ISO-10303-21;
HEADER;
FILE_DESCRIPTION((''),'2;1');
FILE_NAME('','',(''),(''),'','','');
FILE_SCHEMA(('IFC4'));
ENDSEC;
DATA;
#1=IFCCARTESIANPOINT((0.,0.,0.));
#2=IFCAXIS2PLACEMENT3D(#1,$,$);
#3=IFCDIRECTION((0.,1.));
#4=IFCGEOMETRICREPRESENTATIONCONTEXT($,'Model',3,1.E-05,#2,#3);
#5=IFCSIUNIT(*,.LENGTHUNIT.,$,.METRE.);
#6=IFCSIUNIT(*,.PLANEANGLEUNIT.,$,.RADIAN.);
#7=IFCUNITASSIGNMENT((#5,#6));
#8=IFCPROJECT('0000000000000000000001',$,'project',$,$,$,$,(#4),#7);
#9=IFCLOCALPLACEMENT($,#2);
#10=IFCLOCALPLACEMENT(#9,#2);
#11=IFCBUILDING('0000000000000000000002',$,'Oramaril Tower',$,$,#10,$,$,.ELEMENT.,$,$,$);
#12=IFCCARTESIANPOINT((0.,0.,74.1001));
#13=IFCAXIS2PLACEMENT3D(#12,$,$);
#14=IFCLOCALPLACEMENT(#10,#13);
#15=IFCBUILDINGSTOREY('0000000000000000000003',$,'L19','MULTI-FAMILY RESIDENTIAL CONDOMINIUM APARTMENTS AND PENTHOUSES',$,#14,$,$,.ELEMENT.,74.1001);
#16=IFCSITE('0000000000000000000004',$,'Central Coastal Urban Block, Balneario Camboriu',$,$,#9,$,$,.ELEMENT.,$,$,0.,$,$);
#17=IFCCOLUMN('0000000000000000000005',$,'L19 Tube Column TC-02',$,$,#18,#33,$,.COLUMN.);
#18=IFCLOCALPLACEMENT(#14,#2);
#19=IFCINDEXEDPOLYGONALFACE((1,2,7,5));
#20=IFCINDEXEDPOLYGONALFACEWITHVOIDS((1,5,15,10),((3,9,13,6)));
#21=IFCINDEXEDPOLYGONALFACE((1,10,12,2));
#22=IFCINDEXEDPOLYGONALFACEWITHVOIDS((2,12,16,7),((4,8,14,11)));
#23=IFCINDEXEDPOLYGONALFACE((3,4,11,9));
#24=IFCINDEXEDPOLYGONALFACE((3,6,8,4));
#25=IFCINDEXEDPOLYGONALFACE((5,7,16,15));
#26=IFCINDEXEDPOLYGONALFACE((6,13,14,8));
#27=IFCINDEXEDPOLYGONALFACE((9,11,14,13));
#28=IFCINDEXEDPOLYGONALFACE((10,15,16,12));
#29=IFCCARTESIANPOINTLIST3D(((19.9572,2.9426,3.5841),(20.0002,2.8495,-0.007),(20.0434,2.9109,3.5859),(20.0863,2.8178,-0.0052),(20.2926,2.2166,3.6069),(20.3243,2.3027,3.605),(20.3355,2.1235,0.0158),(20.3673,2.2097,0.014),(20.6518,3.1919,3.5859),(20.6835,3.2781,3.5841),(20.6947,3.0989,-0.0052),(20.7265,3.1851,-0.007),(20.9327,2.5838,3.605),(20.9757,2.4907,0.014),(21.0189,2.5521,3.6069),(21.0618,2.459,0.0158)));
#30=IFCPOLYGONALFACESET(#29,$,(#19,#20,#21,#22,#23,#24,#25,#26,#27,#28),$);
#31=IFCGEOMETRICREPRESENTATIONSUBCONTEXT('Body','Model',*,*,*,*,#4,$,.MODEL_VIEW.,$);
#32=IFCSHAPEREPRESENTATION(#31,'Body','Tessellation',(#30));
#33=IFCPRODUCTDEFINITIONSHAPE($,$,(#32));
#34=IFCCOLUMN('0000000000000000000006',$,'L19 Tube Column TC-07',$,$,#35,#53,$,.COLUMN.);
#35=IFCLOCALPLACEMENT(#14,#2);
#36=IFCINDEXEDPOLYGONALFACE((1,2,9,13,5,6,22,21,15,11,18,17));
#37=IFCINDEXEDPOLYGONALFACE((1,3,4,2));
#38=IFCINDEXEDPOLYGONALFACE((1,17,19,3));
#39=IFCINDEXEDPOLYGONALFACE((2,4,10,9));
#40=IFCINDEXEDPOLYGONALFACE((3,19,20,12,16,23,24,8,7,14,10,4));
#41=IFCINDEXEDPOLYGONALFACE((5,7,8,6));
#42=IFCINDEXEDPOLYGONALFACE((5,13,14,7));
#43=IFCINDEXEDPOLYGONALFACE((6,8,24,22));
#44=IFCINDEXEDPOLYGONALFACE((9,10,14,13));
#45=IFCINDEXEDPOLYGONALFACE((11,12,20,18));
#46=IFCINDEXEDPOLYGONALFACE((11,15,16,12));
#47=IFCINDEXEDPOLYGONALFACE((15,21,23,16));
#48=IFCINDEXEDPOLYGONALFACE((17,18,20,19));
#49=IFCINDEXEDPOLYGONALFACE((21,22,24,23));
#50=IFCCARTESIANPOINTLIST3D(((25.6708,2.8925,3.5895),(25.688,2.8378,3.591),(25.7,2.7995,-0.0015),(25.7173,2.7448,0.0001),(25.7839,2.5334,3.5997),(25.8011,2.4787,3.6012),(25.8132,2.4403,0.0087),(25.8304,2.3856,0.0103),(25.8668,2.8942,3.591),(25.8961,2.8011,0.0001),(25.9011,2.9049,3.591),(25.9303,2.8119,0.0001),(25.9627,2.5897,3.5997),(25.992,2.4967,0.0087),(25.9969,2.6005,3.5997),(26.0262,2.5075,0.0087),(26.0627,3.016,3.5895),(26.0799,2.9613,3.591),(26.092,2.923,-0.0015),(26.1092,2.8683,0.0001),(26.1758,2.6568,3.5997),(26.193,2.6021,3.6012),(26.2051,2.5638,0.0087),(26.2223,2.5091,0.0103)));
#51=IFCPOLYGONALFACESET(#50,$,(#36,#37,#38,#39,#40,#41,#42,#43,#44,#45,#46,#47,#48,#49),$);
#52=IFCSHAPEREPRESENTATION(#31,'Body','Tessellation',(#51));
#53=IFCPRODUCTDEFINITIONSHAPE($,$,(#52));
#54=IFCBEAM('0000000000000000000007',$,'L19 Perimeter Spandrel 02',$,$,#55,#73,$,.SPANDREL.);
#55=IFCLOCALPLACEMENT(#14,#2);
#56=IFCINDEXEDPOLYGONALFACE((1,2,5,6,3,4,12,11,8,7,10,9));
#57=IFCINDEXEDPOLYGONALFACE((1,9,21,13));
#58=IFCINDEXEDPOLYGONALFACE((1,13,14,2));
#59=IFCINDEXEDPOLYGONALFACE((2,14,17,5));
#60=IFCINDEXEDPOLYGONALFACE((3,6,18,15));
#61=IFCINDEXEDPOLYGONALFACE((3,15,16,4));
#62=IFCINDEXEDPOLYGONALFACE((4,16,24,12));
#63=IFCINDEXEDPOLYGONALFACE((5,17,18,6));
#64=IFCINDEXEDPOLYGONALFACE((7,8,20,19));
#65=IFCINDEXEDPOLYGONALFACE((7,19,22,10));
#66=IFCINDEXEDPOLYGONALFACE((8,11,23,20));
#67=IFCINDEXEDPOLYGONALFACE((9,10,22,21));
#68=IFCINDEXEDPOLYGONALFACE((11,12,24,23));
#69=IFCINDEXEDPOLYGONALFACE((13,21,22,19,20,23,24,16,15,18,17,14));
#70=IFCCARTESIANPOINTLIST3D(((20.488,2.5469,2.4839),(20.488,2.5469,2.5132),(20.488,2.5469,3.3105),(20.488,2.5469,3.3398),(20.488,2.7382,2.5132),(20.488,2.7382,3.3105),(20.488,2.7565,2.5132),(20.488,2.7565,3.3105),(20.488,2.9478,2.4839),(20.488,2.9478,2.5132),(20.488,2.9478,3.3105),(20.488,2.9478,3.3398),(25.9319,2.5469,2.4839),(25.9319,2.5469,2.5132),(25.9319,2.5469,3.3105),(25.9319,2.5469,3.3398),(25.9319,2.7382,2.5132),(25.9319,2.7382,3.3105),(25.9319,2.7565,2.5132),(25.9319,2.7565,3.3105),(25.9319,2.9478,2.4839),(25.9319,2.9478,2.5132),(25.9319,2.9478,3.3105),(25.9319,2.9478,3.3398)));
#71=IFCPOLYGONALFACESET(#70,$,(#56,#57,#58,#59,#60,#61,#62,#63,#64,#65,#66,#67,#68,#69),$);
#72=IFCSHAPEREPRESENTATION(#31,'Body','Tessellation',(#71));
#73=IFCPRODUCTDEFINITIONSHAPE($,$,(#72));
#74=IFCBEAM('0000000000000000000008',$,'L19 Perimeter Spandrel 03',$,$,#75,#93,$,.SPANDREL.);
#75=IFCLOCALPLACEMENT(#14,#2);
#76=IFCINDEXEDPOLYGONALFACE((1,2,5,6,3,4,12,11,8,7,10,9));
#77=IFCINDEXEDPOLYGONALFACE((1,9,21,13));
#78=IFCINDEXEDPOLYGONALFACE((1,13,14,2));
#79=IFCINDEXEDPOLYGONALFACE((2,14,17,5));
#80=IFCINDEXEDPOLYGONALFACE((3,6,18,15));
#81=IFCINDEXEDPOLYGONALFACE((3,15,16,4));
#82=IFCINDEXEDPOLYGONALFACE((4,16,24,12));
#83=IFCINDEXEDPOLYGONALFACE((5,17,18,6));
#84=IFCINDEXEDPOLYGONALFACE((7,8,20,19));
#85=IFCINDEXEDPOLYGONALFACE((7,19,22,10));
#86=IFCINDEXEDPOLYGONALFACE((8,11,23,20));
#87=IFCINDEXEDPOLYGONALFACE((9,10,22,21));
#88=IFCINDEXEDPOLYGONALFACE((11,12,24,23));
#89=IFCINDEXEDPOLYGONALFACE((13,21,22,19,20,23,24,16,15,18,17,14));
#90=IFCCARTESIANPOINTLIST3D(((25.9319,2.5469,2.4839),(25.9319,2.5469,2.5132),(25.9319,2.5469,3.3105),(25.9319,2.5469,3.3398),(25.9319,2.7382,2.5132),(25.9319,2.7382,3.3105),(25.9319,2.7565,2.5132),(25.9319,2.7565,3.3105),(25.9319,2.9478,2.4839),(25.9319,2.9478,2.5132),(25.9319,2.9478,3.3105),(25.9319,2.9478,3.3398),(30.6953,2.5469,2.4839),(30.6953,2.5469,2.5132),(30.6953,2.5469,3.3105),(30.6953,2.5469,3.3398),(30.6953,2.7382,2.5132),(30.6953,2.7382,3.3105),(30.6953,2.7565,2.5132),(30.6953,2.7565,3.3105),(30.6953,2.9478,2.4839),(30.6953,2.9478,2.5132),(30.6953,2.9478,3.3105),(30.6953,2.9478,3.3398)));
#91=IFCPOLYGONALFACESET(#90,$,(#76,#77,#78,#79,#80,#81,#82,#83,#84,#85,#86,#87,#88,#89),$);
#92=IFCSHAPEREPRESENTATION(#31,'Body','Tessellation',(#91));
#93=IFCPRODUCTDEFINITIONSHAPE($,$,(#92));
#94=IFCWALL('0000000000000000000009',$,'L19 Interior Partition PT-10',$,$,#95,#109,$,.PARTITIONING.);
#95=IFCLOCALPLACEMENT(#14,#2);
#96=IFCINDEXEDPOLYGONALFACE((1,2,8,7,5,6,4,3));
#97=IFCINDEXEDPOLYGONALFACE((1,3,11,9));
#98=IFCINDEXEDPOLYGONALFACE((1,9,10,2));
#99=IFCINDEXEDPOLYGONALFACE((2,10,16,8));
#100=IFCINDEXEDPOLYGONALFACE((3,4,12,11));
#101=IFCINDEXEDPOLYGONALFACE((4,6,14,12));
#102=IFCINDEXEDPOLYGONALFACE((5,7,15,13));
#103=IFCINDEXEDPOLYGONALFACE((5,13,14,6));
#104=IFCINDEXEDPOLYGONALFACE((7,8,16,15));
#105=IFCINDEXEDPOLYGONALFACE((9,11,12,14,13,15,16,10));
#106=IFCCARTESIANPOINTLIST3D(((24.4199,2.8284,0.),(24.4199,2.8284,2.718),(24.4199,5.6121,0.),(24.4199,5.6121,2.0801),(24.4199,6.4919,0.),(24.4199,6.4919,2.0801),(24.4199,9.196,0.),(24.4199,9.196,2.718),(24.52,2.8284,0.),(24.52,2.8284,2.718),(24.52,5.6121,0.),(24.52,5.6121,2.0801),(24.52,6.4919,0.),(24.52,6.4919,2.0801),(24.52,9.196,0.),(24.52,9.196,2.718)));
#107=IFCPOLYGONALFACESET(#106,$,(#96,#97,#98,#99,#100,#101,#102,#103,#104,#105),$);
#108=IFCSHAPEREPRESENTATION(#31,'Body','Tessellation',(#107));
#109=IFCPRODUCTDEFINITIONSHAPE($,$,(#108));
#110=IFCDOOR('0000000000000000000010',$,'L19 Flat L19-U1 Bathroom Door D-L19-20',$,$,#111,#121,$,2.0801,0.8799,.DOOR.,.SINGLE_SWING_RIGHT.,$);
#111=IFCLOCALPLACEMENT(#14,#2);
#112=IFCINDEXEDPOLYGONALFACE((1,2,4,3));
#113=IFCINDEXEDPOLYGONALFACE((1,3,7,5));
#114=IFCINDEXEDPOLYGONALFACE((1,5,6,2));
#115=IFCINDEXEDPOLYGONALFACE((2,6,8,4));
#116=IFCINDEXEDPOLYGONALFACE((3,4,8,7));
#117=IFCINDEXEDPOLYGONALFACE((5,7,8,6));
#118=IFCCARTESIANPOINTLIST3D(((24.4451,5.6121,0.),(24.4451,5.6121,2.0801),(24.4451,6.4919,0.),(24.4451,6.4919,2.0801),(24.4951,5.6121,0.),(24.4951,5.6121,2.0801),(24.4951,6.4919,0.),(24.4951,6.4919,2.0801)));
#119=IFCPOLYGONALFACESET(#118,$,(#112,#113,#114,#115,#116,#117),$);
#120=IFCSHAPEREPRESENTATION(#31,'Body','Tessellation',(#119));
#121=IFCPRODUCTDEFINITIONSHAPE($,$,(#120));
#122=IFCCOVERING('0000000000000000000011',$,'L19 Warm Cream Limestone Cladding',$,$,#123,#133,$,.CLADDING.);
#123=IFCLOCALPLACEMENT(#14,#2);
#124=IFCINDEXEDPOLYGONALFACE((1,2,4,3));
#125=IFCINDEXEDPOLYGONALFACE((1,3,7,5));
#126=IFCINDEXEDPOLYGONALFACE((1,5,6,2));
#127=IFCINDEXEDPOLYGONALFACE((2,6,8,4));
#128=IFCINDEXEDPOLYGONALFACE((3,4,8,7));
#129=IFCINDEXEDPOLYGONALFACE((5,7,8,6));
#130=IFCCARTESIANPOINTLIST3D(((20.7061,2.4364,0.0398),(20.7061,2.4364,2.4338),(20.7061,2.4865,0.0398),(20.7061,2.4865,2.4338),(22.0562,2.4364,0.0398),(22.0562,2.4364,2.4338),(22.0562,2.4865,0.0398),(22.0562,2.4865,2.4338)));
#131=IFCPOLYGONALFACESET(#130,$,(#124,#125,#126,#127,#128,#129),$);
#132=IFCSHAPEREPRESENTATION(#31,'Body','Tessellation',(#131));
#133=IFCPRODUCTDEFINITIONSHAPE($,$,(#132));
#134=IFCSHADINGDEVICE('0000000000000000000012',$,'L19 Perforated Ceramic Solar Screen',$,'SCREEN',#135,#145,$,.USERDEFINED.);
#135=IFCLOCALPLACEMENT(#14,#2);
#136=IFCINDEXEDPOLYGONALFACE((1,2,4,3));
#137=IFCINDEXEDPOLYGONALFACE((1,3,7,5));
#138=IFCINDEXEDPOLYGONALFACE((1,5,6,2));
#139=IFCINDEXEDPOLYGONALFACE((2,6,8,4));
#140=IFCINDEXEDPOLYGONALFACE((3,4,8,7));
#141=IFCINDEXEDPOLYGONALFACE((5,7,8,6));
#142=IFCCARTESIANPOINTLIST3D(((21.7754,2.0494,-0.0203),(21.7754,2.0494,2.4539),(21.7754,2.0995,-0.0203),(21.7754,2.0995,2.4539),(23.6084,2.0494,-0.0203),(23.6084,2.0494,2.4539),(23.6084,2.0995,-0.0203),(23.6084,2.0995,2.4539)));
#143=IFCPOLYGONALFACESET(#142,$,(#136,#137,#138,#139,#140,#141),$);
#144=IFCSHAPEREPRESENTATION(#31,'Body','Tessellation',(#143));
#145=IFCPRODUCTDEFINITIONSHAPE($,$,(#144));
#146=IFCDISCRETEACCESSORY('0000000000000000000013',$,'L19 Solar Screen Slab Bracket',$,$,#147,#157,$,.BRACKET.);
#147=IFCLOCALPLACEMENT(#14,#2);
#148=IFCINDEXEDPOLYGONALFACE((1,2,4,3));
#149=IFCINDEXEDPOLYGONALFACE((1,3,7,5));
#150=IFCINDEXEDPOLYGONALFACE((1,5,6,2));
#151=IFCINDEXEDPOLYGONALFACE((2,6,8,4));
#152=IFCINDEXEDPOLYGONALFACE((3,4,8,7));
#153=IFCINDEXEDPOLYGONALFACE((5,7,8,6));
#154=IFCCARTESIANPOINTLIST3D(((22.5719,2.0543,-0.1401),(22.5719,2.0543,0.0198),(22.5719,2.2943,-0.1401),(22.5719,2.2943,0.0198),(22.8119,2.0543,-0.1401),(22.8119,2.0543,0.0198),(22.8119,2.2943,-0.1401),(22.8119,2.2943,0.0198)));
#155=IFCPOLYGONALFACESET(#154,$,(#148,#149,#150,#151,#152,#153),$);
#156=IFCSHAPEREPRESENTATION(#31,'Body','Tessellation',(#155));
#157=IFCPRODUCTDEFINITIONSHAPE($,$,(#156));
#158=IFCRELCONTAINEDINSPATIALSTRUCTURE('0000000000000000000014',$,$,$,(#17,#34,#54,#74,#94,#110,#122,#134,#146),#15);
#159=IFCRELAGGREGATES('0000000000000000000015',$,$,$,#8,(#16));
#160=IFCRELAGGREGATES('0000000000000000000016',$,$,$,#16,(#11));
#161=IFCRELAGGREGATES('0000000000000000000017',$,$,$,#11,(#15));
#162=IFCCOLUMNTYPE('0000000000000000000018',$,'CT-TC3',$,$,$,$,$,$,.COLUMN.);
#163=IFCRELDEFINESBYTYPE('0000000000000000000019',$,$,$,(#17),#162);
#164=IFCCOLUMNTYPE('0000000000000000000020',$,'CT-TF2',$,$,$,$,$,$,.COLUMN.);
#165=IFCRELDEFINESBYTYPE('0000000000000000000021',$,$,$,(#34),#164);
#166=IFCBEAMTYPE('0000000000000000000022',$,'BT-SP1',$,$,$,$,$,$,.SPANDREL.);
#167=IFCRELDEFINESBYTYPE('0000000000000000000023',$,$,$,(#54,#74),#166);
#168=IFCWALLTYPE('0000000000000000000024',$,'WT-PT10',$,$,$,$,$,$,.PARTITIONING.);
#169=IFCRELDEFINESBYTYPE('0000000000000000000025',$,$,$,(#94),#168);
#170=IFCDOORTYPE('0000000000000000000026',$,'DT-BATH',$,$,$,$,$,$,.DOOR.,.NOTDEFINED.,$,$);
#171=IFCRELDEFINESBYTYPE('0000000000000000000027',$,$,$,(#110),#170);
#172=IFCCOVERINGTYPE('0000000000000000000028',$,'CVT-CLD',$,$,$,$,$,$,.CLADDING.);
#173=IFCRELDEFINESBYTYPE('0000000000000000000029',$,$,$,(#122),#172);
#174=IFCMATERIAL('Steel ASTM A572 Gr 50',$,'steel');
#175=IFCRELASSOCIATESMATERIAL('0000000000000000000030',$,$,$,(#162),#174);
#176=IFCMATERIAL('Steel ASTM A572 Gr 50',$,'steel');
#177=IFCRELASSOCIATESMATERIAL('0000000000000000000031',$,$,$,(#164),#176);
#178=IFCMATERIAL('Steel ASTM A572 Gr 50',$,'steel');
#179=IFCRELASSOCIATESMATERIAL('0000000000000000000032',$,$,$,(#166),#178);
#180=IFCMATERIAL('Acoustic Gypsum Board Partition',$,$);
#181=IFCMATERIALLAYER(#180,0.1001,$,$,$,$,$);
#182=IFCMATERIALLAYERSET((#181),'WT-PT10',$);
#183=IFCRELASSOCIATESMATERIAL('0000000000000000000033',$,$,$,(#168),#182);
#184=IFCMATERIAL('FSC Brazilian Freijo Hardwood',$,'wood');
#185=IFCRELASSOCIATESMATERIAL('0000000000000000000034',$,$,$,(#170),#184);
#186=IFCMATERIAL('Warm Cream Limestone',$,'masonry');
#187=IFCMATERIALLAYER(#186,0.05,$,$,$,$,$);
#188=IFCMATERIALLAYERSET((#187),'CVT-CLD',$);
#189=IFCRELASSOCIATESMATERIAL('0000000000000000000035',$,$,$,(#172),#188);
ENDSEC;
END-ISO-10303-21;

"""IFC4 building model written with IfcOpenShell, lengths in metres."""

from ifc_helpers import new_model, si_unit, direction, frame, frame_2d, origin, origin_2d, place, context, subcontext, project, spatial, rectangle, hollow_rectangle, i_section, extrude, material, layer, layer_set, material_profile, profile_set, type_object, element, fill, save


model = new_model("IFC4")

# Units and contexts
model_context = context("Model", 3, precision=1e-05, world=origin(), true_north=direction((0.0, 1.0)))
body_context = subcontext(model_context, "Body", "Model", "MODEL_VIEW")
ifc_project = project(units=[si_unit("LENGTHUNIT", "METRE"), si_unit("PLANEANGLEUNIT", "RADIAN")], contexts=[model_context])

# Site, building, storey
site_placement = place(None, origin())
site = spatial("IfcSite", under=ifc_project, at=site_placement, Name="Central Coastal Urban Block, Balneario Camboriu", CompositionType="ELEMENT", RefElevation=0.0)
building_placement = place(site_placement, origin())
building = spatial("IfcBuilding", under=site, at=building_placement, Name="Oramaril Tower", CompositionType="ELEMENT")
storey_placement = place(building_placement, frame((0.0, 0.0, 74.1001)))
storey = spatial("IfcBuildingStorey", under=building, at=storey_placement, Name="L19", Description="MULTI-FAMILY RESIDENTIAL CONDOMINIUM APARTMENTS AND PENTHOUSES", CompositionType="ELEMENT", Elevation=74.1001)

# Columns
ifc_material_1 = material(Name="Steel ASTM A572 Gr 50", Category="steel")
ifc_material_profile_1 = material_profile(ifc_material_1, hollow_rectangle(XDim=0.8, YDim=0.8, WallThickness=0.0649, at=origin_2d()), Name="BOX800X800X65")
ifc_profile_set_1 = profile_set([ifc_material_profile_1], Name="Steel ASTM A572 Gr 50")
column_type_1 = type_object("IfcColumnType", Name="CT-TC3", PredefinedType="COLUMN", material=ifc_profile_set_1)
column_1_placement = place(storey_placement, frame((20.531, 2.6543, 0.0044), z_axis=(-0.011961, 0.025892, 0.999593), x_axis=(-0.90782, -0.41936, 0.0)))
element("IfcColumn", 1, at=column_1_placement, inside=storey, type_object=column_type_1, Name="L19 Tube Column TC-02", PredefinedType="COLUMN", context=body_context, shape_type="SweptSolid", body=[
    extrude(hollow_rectangle(XDim=0.8, YDim=0.8, WallThickness=0.0649, at=origin_2d()), origin(), (0.0, 0.0, 1.0), 3.5925),
])
ifc_material_2 = material(Name="Steel ASTM A572 Gr 50", Category="steel")
ifc_material_profile_2 = material_profile(ifc_material_2, i_section(OverallWidth=0.4109, OverallDepth=0.4341, WebThickness=0.0359, FlangeThickness=0.0574, at=origin_2d()), Name="W14X311")
ifc_profile_set_2 = profile_set([ifc_material_profile_2], Name="Steel ASTM A572 Gr 50")
column_type_2 = type_object("IfcColumnType", Name="CT-TF2", PredefinedType="COLUMN", material=ifc_profile_set_2)
column_2_placement = place(storey_placement, frame((25.9612, 2.6543, 0.0044), z_axis=(-0.008155, 0.025893, 0.999631), x_axis=(-0.953809, -0.300412, 0.0)))
element("IfcColumn", 2, at=column_2_placement, inside=storey, type_object=column_type_2, Name="L19 Tube Column TC-07", PredefinedType="COLUMN", context=body_context, shape_type="SweptSolid", body=[
    extrude(i_section(OverallWidth=0.4109, OverallDepth=0.4341, WebThickness=0.0359, FlangeThickness=0.0574, at=origin_2d()), origin(), (0.0, 0.0, 1.0), 3.5923),
])

# Beams
ifc_material_3 = material(Name="Steel ASTM A572 Gr 50", Category="steel")
ifc_material_profile_3 = material_profile(ifc_material_3, i_section(OverallWidth=0.4009, OverallDepth=0.856, WebThickness=0.0183, FlangeThickness=0.0293, at=origin_2d()), Name="W33X201")
ifc_profile_set_3 = profile_set([ifc_material_profile_3], Name="Steel ASTM A572 Gr 50")
beam_type = type_object("IfcBeamType", Name="BT-SP1", PredefinedType="SPANDREL", material=ifc_profile_set_3)
beam_1_placement = place(storey_placement, frame((20.488, 2.7473, 2.9119), z_axis=(1.0, 0.0, 0.0), x_axis=(0.0, 1.0, 0.0)))
element("IfcBeam", 3, at=beam_1_placement, inside=storey, type_object=beam_type, Name="L19 Perimeter Spandrel 02", PredefinedType="SPANDREL", context=body_context, shape_type="SweptSolid", body=[
    extrude(i_section(OverallWidth=0.4009, OverallDepth=0.856, WebThickness=0.0183, FlangeThickness=0.0293, at=origin_2d()), origin(), (0.0, 0.0, 1.0), 5.4438),
])
beam_2_placement = place(storey_placement, frame((25.9319, 2.7473, 2.9119), z_axis=(1.0, 0.0, 0.0), x_axis=(0.0, 1.0, 0.0)))
element("IfcBeam", 4, at=beam_2_placement, inside=storey, type_object=beam_type, Name="L19 Perimeter Spandrel 03", PredefinedType="SPANDREL", context=body_context, shape_type="SweptSolid", body=[
    extrude(i_section(OverallWidth=0.4009, OverallDepth=0.856, WebThickness=0.0183, FlangeThickness=0.0293, at=origin_2d()), origin(), (0.0, 0.0, 1.0), 4.7634),
])

# Wall, opening, door
ifc_material_4 = material(Name="Acoustic Gypsum Board Partition")
ifc_layer_1 = layer(ifc_material_4, 0.1001)
ifc_layer_set_1 = layer_set([ifc_layer_1], Name="WT-PT10")
wall_type_1 = type_object("IfcWallType", Name="WT-PT10", PredefinedType="PARTITIONING", material=ifc_layer_set_1)
wall_1_placement = place(storey_placement, frame((24.47, 2.8284, 0.0), z_axis=(0.0, 0.0, 1.0), x_axis=(0.0, 1.0, 0.0)))
wall_1 = element("IfcWall", 5, at=wall_1_placement, inside=storey, type_object=wall_type_1, Name="L19 Interior Partition PT-10", PredefinedType="PARTITIONING", context=body_context, shape_type="SweptSolid", body=[
    extrude(rectangle(XDim=6.3677, YDim=0.1001, at=frame_2d((3.1838, 0.0))), origin(), (0.0, 0.0, 1.0), 2.718),
])
opening_1_placement = place(wall_1_placement, frame((2.7837, 0.0, 0.0)))
opening_1 = element("IfcOpeningElement", 6, at=opening_1_placement, cuts=wall_1, PredefinedType="OPENING", context=body_context, shape_type="SweptSolid", body=[
    extrude(rectangle(XDim=0.8799, YDim=2.0801, at=frame_2d((0.4399, 1.04))), frame((0.0, 0.05, 0.0), z_axis=(0.0, -1.0, 0.0), x_axis=(1.0, 0.0, 0.0)), (0.0, 0.0, 1.0), 0.1001),
])
ifc_material_5 = material(Name="FSC Brazilian Freijo Hardwood", Category="wood")
door_type_1 = type_object("IfcDoorType", Name="DT-BATH", OperationType="NOTDEFINED", PredefinedType="DOOR", material=ifc_material_5)
door_1_placement = place(opening_1_placement, origin())
door_1 = element("IfcDoor", 7, at=door_1_placement, inside=storey, type_object=door_type_1, Name="L19 Flat L19-U1 Bathroom Door D-L19-20", OperationType="SINGLE_SWING_RIGHT", OverallHeight=2.0801, OverallWidth=0.8799, PredefinedType="DOOR", context=body_context, shape_type="SweptSolid", body=[
    extrude(rectangle(XDim=0.8799, YDim=2.0801, at=frame_2d((0.4399, 1.04))), frame((0.0, 0.0249, 0.0), z_axis=(0.0, -1.0, 0.0), x_axis=(1.0, 0.0, 0.0)), (0.0, 0.0, 1.0), 0.05),
])
fill(opening_1, door_1)

# Covering
ifc_material_6 = material(Name="Warm Cream Limestone", Category="masonry")
ifc_layer_2 = layer(ifc_material_6, 0.05)
ifc_layer_set_2 = layer_set([ifc_layer_2], Name="CVT-CLD")
covering_type = type_object("IfcCoveringType", Name="CVT-CLD", PredefinedType="CLADDING", material=ifc_layer_set_2)
covering_placement = place(storey_placement, frame((21.3811, 2.4614, 0.0398), z_axis=(0.0, 0.0, 1.0), x_axis=(1.0, 0.0, 0.0)))
element("IfcCovering", 8, at=covering_placement, inside=storey, type_object=covering_type, Name="L19 Warm Cream Limestone Cladding", PredefinedType="CLADDING", context=body_context, shape_type="SweptSolid", body=[
    extrude(rectangle(XDim=1.3501, YDim=0.05, at=origin_2d()), origin(), (0.0, 0.0, 1.0), 2.394),
])

# Shading device
shading_device_placement = place(storey_placement, frame((22.6919, 2.0745, -0.0203), z_axis=(0.0, 0.0, 1.0), x_axis=(1.0, 0.0, 0.0)))
element("IfcShadingDevice", 9, at=shading_device_placement, inside=storey, Name="L19 Perforated Ceramic Solar Screen", ObjectType="SCREEN", PredefinedType="USERDEFINED", context=body_context, shape_type="SweptSolid", body=[
    extrude(rectangle(XDim=1.833, YDim=0.05, at=origin_2d()), origin(), (0.0, 0.0, 1.0), 2.4741),
])

# Discrete accessory
discrete_accessory_placement = place(storey_placement, frame((22.6919, 2.1743, -0.1401), z_axis=(0.0, 0.0, 1.0), x_axis=(1.0, 0.0, 0.0)))
element("IfcDiscreteAccessory", 10, at=discrete_accessory_placement, inside=storey, Name="L19 Solar Screen Slab Bracket", PredefinedType="BRACKET", context=body_context, shape_type="SweptSolid", body=[
    extrude(rectangle(XDim=0.24, YDim=0.24, at=origin_2d()), origin(), (0.0, 0.0, 1.0), 0.1599),
])

save(model, "model.ifc")
